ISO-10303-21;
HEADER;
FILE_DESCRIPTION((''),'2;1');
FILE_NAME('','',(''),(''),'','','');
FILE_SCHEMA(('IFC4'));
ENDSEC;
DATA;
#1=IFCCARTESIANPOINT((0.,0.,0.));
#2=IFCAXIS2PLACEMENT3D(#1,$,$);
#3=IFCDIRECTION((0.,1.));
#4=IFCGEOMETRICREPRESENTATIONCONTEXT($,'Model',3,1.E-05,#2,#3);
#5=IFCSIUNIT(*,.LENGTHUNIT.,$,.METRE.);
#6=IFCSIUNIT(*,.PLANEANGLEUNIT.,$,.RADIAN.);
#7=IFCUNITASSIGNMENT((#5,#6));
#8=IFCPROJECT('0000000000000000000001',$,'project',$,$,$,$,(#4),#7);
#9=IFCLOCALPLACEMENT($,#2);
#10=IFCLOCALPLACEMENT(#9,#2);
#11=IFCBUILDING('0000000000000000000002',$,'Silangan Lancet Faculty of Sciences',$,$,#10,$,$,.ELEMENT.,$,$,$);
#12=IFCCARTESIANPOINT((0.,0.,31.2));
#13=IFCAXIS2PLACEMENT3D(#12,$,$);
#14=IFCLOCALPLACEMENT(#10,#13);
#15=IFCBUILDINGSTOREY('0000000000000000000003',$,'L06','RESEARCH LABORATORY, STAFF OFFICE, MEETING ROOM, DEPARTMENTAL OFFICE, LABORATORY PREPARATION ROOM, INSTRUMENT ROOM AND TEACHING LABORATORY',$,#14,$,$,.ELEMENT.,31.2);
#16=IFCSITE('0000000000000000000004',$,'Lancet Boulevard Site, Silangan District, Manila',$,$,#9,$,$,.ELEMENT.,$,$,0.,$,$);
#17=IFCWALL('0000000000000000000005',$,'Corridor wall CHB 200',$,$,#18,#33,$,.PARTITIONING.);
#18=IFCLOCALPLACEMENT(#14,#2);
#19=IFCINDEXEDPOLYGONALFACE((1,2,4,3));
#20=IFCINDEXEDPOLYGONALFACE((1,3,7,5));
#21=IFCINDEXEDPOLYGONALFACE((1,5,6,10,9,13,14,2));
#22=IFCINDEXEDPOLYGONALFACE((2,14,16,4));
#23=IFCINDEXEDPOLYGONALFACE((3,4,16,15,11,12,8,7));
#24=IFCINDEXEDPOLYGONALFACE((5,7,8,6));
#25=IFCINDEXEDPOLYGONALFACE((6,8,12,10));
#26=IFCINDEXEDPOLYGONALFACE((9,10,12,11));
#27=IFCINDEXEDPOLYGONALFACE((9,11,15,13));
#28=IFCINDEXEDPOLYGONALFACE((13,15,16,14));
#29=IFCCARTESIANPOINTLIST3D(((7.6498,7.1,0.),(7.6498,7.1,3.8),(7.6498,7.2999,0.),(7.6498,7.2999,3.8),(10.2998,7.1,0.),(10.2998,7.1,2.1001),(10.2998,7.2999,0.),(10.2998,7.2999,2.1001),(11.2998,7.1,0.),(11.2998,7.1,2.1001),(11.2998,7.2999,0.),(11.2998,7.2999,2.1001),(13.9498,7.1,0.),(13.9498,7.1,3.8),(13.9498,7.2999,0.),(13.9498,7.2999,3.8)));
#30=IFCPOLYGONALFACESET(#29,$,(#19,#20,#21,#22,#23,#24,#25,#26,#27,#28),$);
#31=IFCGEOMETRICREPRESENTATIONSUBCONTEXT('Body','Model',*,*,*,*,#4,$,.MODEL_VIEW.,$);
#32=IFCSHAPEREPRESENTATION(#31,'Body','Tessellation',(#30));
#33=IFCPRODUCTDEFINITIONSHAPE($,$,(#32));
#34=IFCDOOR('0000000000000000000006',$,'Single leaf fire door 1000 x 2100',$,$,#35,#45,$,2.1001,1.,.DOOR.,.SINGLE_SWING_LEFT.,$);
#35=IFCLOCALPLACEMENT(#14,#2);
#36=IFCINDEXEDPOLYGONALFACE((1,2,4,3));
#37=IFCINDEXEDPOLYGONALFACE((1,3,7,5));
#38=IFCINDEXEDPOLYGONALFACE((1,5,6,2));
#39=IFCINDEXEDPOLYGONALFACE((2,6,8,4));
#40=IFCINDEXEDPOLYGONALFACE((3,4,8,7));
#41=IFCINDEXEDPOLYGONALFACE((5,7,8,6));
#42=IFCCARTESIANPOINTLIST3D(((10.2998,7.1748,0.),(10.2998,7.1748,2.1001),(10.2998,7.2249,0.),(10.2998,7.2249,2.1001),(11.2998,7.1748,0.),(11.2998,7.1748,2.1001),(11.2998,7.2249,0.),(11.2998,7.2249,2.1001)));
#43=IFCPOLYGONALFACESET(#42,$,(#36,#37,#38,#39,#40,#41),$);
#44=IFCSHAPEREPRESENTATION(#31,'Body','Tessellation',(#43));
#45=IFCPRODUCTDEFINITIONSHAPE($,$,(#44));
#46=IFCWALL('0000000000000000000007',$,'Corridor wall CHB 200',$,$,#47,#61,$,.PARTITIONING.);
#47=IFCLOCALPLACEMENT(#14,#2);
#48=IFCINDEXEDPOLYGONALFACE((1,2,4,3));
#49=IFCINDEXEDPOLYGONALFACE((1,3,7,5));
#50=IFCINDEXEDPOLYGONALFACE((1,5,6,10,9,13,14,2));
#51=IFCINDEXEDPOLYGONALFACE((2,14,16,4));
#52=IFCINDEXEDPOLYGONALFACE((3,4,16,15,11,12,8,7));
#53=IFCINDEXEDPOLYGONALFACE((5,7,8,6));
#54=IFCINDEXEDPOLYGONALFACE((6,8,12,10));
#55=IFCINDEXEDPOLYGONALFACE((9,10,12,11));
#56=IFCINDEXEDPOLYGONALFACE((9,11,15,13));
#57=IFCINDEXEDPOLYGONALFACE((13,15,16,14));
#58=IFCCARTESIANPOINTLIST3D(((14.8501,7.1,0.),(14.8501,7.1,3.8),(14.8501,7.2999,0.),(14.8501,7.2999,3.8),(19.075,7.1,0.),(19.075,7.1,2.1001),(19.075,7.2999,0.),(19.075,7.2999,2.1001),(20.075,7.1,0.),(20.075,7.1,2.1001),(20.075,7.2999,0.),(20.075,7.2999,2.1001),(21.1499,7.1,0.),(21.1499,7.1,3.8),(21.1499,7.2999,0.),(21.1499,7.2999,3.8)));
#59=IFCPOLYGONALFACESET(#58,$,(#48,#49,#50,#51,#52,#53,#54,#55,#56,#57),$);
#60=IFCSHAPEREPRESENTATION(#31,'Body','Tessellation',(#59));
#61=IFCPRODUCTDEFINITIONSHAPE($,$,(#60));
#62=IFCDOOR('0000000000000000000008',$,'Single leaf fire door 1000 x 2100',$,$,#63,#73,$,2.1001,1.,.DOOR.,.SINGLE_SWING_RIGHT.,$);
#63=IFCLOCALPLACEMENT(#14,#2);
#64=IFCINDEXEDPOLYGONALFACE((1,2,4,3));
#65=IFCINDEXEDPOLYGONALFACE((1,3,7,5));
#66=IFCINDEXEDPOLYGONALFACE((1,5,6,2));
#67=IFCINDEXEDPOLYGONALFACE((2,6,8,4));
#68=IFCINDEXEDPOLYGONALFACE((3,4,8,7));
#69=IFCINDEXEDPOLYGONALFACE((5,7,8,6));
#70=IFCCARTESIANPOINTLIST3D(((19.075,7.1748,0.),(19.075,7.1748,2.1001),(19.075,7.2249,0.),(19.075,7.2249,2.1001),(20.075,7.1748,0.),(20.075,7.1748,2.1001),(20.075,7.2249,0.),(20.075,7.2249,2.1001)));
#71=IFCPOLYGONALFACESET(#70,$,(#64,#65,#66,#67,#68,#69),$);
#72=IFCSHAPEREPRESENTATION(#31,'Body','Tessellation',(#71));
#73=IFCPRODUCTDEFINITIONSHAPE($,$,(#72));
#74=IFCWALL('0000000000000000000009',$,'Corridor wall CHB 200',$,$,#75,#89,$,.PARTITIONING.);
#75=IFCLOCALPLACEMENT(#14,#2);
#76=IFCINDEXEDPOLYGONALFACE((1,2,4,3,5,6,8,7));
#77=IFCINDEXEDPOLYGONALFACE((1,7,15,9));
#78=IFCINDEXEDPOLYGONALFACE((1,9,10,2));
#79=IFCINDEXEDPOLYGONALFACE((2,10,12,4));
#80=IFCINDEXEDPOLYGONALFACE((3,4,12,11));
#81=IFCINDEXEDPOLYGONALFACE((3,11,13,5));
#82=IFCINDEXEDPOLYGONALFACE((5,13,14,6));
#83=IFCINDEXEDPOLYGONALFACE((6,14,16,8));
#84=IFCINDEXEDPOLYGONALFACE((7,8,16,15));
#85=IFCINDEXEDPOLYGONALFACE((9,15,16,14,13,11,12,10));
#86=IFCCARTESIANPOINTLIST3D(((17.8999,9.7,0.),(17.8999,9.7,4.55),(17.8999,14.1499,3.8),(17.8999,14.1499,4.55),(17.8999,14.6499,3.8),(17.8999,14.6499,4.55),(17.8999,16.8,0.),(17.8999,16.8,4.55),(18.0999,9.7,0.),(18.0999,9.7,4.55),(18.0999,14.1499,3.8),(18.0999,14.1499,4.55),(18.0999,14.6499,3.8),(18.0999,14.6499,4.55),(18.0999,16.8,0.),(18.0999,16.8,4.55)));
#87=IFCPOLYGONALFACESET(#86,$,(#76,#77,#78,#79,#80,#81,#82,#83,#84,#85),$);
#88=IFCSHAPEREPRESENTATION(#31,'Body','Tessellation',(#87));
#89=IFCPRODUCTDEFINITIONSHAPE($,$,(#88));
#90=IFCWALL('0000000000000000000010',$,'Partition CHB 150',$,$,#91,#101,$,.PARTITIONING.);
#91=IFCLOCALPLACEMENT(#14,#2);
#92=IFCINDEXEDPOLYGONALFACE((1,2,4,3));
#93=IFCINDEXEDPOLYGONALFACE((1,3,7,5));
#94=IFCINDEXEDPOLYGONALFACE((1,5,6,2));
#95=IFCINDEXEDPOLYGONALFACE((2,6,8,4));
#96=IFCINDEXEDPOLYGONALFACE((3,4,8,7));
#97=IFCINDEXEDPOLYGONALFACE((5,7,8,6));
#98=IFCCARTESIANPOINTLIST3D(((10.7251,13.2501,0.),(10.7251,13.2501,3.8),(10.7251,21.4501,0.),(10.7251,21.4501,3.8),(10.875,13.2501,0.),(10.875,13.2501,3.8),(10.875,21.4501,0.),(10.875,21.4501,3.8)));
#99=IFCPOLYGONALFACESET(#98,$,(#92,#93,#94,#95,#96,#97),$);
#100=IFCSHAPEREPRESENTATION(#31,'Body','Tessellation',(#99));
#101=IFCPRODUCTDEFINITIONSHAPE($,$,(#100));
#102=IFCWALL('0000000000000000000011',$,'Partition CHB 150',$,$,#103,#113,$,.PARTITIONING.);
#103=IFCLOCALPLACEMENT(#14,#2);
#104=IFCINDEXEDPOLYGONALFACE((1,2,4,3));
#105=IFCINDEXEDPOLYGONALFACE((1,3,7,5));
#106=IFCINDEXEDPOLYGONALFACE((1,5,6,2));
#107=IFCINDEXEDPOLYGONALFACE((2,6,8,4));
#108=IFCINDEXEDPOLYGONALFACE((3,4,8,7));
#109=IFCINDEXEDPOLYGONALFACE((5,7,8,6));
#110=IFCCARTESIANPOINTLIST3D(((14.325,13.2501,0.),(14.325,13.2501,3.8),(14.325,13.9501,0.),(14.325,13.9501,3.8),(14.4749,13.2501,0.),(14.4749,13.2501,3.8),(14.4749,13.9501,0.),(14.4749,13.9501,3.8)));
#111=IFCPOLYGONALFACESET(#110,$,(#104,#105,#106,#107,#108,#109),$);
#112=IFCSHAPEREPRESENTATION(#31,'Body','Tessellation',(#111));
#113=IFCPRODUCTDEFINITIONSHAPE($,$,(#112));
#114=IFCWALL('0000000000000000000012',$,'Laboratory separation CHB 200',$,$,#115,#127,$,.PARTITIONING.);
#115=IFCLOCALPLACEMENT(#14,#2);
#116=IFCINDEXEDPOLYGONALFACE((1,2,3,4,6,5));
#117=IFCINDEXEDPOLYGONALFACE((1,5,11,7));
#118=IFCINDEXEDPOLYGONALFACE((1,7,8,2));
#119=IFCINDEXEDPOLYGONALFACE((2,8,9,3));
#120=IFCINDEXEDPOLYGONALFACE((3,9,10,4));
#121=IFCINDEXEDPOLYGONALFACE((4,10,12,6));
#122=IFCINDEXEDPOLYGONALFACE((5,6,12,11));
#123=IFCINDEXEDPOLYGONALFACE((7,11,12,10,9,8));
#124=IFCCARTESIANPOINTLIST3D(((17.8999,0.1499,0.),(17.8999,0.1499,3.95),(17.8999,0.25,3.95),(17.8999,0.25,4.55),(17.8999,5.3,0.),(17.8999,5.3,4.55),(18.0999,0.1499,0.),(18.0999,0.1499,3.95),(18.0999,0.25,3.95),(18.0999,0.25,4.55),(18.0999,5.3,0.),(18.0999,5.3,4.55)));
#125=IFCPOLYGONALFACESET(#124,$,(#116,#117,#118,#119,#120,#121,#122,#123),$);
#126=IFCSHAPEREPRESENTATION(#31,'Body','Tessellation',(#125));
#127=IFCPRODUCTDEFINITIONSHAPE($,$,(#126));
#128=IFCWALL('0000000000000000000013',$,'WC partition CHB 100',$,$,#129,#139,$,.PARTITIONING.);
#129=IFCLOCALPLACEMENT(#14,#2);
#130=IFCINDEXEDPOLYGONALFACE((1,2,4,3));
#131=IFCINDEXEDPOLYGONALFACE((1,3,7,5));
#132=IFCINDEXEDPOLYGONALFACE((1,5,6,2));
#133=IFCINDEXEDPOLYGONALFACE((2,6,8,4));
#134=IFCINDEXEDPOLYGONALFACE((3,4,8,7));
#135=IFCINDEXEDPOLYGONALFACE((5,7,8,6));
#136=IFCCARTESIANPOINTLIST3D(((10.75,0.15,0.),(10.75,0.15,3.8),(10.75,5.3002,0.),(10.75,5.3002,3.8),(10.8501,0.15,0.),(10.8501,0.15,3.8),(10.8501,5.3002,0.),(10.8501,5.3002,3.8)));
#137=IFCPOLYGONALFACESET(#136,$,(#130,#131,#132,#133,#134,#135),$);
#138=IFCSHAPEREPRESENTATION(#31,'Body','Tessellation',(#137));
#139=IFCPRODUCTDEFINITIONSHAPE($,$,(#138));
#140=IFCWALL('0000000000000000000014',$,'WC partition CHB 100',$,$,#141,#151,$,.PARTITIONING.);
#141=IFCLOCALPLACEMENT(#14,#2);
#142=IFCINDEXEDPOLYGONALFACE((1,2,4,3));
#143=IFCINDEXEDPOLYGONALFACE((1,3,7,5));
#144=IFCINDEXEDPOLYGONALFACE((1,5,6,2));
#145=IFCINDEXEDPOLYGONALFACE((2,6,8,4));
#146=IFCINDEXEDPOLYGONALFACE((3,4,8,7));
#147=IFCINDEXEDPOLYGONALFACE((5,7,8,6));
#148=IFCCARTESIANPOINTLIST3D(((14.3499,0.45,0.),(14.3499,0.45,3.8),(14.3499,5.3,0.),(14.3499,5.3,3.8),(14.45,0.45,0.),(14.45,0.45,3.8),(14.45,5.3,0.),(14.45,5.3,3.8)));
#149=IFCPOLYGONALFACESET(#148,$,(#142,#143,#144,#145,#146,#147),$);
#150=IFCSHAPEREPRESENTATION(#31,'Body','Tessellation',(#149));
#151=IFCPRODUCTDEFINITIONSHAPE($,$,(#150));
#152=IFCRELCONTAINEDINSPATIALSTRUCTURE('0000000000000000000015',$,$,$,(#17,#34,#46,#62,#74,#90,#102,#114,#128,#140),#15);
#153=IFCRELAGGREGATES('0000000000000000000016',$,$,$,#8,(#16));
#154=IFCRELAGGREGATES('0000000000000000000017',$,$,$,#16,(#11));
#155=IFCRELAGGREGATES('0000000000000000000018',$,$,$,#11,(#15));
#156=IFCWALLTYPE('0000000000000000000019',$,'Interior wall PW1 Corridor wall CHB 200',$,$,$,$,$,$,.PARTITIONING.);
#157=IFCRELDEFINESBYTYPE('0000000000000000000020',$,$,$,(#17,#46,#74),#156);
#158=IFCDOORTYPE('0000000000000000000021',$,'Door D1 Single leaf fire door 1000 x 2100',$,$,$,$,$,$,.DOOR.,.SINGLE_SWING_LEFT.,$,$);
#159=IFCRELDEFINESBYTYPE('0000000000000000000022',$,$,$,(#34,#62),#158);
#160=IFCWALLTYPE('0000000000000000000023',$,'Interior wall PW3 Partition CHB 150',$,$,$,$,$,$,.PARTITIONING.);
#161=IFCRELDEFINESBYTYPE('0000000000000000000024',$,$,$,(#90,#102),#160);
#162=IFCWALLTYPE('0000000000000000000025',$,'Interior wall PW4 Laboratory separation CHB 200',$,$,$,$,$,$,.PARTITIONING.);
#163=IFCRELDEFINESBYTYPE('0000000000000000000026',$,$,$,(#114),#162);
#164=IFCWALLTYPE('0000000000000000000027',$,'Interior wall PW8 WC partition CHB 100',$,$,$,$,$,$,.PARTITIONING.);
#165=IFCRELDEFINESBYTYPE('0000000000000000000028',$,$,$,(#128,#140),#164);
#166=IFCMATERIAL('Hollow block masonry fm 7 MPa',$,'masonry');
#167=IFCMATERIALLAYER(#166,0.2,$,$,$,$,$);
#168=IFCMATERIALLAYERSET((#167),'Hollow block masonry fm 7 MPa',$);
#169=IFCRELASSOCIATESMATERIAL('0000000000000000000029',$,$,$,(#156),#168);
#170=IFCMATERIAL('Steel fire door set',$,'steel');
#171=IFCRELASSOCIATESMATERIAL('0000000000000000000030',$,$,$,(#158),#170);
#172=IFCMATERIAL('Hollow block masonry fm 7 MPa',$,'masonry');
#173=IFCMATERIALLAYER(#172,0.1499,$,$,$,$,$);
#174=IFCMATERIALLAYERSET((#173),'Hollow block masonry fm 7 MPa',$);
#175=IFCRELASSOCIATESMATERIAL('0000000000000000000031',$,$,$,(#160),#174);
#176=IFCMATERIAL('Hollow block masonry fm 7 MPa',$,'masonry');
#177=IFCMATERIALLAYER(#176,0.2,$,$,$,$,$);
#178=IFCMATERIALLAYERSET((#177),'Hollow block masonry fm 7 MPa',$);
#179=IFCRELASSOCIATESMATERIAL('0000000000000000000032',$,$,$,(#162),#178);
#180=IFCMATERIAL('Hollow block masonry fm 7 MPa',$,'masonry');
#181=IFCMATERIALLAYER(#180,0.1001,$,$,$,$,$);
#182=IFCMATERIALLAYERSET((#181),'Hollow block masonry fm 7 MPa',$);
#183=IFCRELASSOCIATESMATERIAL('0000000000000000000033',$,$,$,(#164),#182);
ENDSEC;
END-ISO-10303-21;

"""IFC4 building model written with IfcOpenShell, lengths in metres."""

from ifc_helpers import new_model, si_unit, direction, frame, frame_2d, origin, place, context, subcontext, project, spatial, polyline, rectangle, outline, extrude, material, layer, layer_set, type_object, element, fill, save


model = new_model("IFC4")

# Units and contexts
model_context = context("Model", 3, precision=1e-05, world=origin(), true_north=direction((0.0, 1.0)))
body_context = subcontext(model_context, "Body", "Model", "MODEL_VIEW")
ifc_project = project(units=[si_unit("LENGTHUNIT", "METRE"), si_unit("PLANEANGLEUNIT", "RADIAN")], contexts=[model_context])

# Site, building, storey
site_placement = place(None, origin())
site = spatial("IfcSite", under=ifc_project, at=site_placement, Name="Lancet Boulevard Site, Silangan District, Manila", CompositionType="ELEMENT", RefElevation=0.0)
building_placement = place(site_placement, origin())
building = spatial("IfcBuilding", under=site, at=building_placement, Name="Silangan Lancet Faculty of Sciences", CompositionType="ELEMENT")
storey_placement = place(building_placement, frame((0.0, 0.0, 31.2)))
storey = spatial("IfcBuildingStorey", under=building, at=storey_placement, Name="L06", Description="RESEARCH LABORATORY, STAFF OFFICE, MEETING ROOM, DEPARTMENTAL OFFICE, LABORATORY PREPARATION ROOM, INSTRUMENT ROOM AND TEACHING LABORATORY", CompositionType="ELEMENT", Elevation=31.2)

# Walls, openings, doors
ifc_material_1 = material(Name="Hollow block masonry fm 7 MPa", Category="masonry")
ifc_layer_1 = layer(ifc_material_1, 0.2)
ifc_layer_set_1 = layer_set([ifc_layer_1], Name="Hollow block masonry fm 7 MPa")
wall_type_1 = type_object("IfcWallType", Name="Interior wall PW1 Corridor wall CHB 200", PredefinedType="PARTITIONING", material=ifc_layer_set_1)
wall_1_placement = place(storey_placement, frame((7.6499, 7.2, 0.0), z_axis=(0.0, 0.0, 1.0), x_axis=(1.0, 0.0, 0.0)))
wall_1 = element("IfcWall", 1, at=wall_1_placement, inside=storey, type_object=wall_type_1, Name="Corridor wall CHB 200", PredefinedType="PARTITIONING", context=body_context, shape_type="SweptSolid", body=[
    extrude(rectangle(XDim=6.3, YDim=0.2, at=frame_2d((3.1499, 0.0))), origin(), (0.0, 0.0, 1.0), 3.8),
])
opening_1_placement = place(wall_1_placement, frame((2.6499, 0.0, 0.0)))
opening_1 = element("IfcOpeningElement", 2, at=opening_1_placement, cuts=wall_1, PredefinedType="OPENING", context=body_context, shape_type="SweptSolid", body=[
    extrude(rectangle(XDim=1.0, YDim=2.1001, at=frame_2d((0.5, 1.05))), frame((0.0, 0.1099, 0.0), z_axis=(0.0, -1.0, 0.0), x_axis=(1.0, 0.0, 0.0)), (0.0, 0.0, 1.0), 0.22),
])
ifc_material_2 = material(Name="Steel fire door set", Category="steel")
door_type = type_object("IfcDoorType", Name="Door D1 Single leaf fire door 1000 x 2100", OperationType="SINGLE_SWING_LEFT", PredefinedType="DOOR", material=ifc_material_2)
door_1_placement = place(opening_1_placement, frame((1.0, 0.0, 0.0), z_axis=(0.0, 0.0, 1.0), x_axis=(-1.0, 0.0, 0.0)))
door_1 = element("IfcDoor", 3, at=door_1_placement, inside=storey, type_object=door_type, Name="Single leaf fire door 1000 x 2100", OperationType="SINGLE_SWING_LEFT", OverallHeight=2.1001, OverallWidth=1.0, PredefinedType="DOOR", context=body_context, shape_type="SweptSolid", body=[
    extrude(rectangle(XDim=1.0, YDim=2.1001, at=frame_2d((0.5, 1.05))), frame((0.0, 0.0251, 0.0), z_axis=(0.0, -1.0, 0.0), x_axis=(1.0, 0.0, 0.0)), (0.0, 0.0, 1.0), 0.05),
])
fill(opening_1, door_1)
wall_2_placement = place(storey_placement, frame((14.8501, 7.2, 0.0), z_axis=(0.0, 0.0, 1.0), x_axis=(1.0, 0.0, 0.0)))
wall_2 = element("IfcWall", 4, at=wall_2_placement, inside=storey, type_object=wall_type_1, Name="Corridor wall CHB 200", PredefinedType="PARTITIONING", context=body_context, shape_type="SweptSolid", body=[
    extrude(rectangle(XDim=6.2998, YDim=0.2, at=frame_2d((3.1499, 0.0))), origin(), (0.0, 0.0, 1.0), 3.8),
])
opening_2_placement = place(wall_2_placement, frame((4.2249, 0.0, 0.0)))
opening_2 = element("IfcOpeningElement", 5, at=opening_2_placement, cuts=wall_2, PredefinedType="OPENING", context=body_context, shape_type="SweptSolid", body=[
    extrude(rectangle(XDim=1.0, YDim=2.1001, at=frame_2d((0.5, 1.05))), frame((0.0, 0.1099, 0.0), z_axis=(0.0, -1.0, 0.0), x_axis=(1.0, 0.0, 0.0)), (0.0, 0.0, 1.0), 0.22),
])
door_2_placement = place(opening_2_placement, frame((1.0, 0.0, 0.0), z_axis=(0.0, 0.0, 1.0), x_axis=(-1.0, 0.0, 0.0)))
door_2 = element("IfcDoor", 6, at=door_2_placement, inside=storey, type_object=door_type, Name="Single leaf fire door 1000 x 2100", OperationType="SINGLE_SWING_RIGHT", OverallHeight=2.1001, OverallWidth=1.0, PredefinedType="DOOR", context=body_context, shape_type="SweptSolid", body=[
    extrude(rectangle(XDim=1.0, YDim=2.1001, at=frame_2d((0.5, 1.05))), frame((0.0, 0.0251, 0.0), z_axis=(0.0, -1.0, 0.0), x_axis=(1.0, 0.0, 0.0)), (0.0, 0.0, 1.0), 0.05),
])
fill(opening_2, door_2)

# Walls
wall_3_placement = place(storey_placement, frame((18.0, 9.7, 0.0), z_axis=(0.0, 0.0, 1.0), x_axis=(0.0, 1.0, 0.0)))
element("IfcWall", 7, at=wall_3_placement, inside=storey, type_object=wall_type_1, Name="Corridor wall CHB 200", PredefinedType="PARTITIONING", context=body_context, shape_type="SweptSolid", body=[
    extrude(outline(polyline([(0.0, 0.0), (7.1001, 0.0), (7.1001, 4.55), (4.95, 4.55), (4.95, 3.8), (4.45, 3.8), (4.45, 4.55), (0.0, 4.55), (0.0, 0.0)])), frame((0.0, 0.1001, 0.0), z_axis=(0.0, -1.0, 0.0), x_axis=(1.0, 0.0, 0.0)), (0.0, 0.0, 1.0), 0.2),
])
ifc_material_3 = material(Name="Hollow block masonry fm 7 MPa", Category="masonry")
ifc_layer_2 = layer(ifc_material_3, 0.1499)
ifc_layer_set_2 = layer_set([ifc_layer_2], Name="Hollow block masonry fm 7 MPa")
wall_type_2 = type_object("IfcWallType", Name="Interior wall PW3 Partition CHB 150", PredefinedType="PARTITIONING", material=ifc_layer_set_2)
wall_4_placement = place(storey_placement, frame((10.8, 13.25, 0.0), z_axis=(0.0, 0.0, 1.0), x_axis=(0.0, 1.0, 0.0)))
element("IfcWall", 8, at=wall_4_placement, inside=storey, type_object=wall_type_2, Name="Partition CHB 150", PredefinedType="PARTITIONING", context=body_context, shape_type="SweptSolid", body=[
    extrude(rectangle(XDim=8.2, YDim=0.1499, at=frame_2d((4.1001, 0.0))), origin(), (0.0, 0.0, 1.0), 3.8),
])
wall_5_placement = place(storey_placement, frame((14.3999, 13.25, 0.0), z_axis=(0.0, 0.0, 1.0), x_axis=(0.0, 1.0, 0.0)))
element("IfcWall", 9, at=wall_5_placement, inside=storey, type_object=wall_type_2, Name="Partition CHB 150", PredefinedType="PARTITIONING", context=body_context, shape_type="SweptSolid", body=[
    extrude(rectangle(XDim=0.7, YDim=0.1499, at=frame_2d((0.3501, 0.0))), origin(), (0.0, 0.0, 1.0), 3.8),
])
ifc_material_4 = material(Name="Hollow block masonry fm 7 MPa", Category="masonry")
ifc_layer_3 = layer(ifc_material_4, 0.2)
ifc_layer_set_3 = layer_set([ifc_layer_3], Name="Hollow block masonry fm 7 MPa")
wall_type_3 = type_object("IfcWallType", Name="Interior wall PW4 Laboratory separation CHB 200", PredefinedType="PARTITIONING", material=ifc_layer_set_3)
wall_6_placement = place(storey_placement, frame((18.0, 0.1499, 0.0), z_axis=(0.0, 0.0, 1.0), x_axis=(0.0, 1.0, 0.0)))
element("IfcWall", 10, at=wall_6_placement, inside=storey, type_object=wall_type_3, Name="Laboratory separation CHB 200", PredefinedType="PARTITIONING", context=body_context, shape_type="SweptSolid", body=[
    extrude(outline(polyline([(0.0, 0.0), (5.1501, 0.0), (5.1501, 4.55), (0.1001, 4.55), (0.1001, 3.95), (0.0, 3.95), (0.0, 0.0)])), frame((0.0, 0.1001, 0.0), z_axis=(0.0, -1.0, 0.0), x_axis=(1.0, 0.0, 0.0)), (0.0, 0.0, 1.0), 0.2),
])
ifc_material_5 = material(Name="Hollow block masonry fm 7 MPa", Category="masonry")
ifc_layer_4 = layer(ifc_material_5, 0.1001)
ifc_layer_set_4 = layer_set([ifc_layer_4], Name="Hollow block masonry fm 7 MPa")
wall_type_4 = type_object("IfcWallType", Name="Interior wall PW8 WC partition CHB 100", PredefinedType="PARTITIONING", material=ifc_layer_set_4)
wall_7_placement = place(storey_placement, frame((10.8, 0.1499, 0.0), z_axis=(0.0, 0.0, 1.0), x_axis=(0.0, 1.0, 0.0)))
element("IfcWall", 11, at=wall_7_placement, inside=storey, type_object=wall_type_4, Name="WC partition CHB 100", PredefinedType="PARTITIONING", context=body_context, shape_type="SweptSolid", body=[
    extrude(rectangle(XDim=5.1501, YDim=0.1001, at=frame_2d((2.5752, 0.0))), origin(), (0.0, 0.0, 1.0), 3.8),
])
wall_8_placement = place(storey_placement, frame((14.3999, 0.45, 0.0), z_axis=(0.0, 0.0, 1.0), x_axis=(0.0, 1.0, 0.0)))
element("IfcWall", 12, at=wall_8_placement, inside=storey, type_object=wall_type_4, Name="WC partition CHB 100", PredefinedType="PARTITIONING", context=body_context, shape_type="SweptSolid", body=[
    extrude(rectangle(XDim=4.8501, YDim=0.1001, at=frame_2d((2.425, 0.0))), origin(), (0.0, 0.0, 1.0), 3.8),
])

save(model, "model.ifc")
